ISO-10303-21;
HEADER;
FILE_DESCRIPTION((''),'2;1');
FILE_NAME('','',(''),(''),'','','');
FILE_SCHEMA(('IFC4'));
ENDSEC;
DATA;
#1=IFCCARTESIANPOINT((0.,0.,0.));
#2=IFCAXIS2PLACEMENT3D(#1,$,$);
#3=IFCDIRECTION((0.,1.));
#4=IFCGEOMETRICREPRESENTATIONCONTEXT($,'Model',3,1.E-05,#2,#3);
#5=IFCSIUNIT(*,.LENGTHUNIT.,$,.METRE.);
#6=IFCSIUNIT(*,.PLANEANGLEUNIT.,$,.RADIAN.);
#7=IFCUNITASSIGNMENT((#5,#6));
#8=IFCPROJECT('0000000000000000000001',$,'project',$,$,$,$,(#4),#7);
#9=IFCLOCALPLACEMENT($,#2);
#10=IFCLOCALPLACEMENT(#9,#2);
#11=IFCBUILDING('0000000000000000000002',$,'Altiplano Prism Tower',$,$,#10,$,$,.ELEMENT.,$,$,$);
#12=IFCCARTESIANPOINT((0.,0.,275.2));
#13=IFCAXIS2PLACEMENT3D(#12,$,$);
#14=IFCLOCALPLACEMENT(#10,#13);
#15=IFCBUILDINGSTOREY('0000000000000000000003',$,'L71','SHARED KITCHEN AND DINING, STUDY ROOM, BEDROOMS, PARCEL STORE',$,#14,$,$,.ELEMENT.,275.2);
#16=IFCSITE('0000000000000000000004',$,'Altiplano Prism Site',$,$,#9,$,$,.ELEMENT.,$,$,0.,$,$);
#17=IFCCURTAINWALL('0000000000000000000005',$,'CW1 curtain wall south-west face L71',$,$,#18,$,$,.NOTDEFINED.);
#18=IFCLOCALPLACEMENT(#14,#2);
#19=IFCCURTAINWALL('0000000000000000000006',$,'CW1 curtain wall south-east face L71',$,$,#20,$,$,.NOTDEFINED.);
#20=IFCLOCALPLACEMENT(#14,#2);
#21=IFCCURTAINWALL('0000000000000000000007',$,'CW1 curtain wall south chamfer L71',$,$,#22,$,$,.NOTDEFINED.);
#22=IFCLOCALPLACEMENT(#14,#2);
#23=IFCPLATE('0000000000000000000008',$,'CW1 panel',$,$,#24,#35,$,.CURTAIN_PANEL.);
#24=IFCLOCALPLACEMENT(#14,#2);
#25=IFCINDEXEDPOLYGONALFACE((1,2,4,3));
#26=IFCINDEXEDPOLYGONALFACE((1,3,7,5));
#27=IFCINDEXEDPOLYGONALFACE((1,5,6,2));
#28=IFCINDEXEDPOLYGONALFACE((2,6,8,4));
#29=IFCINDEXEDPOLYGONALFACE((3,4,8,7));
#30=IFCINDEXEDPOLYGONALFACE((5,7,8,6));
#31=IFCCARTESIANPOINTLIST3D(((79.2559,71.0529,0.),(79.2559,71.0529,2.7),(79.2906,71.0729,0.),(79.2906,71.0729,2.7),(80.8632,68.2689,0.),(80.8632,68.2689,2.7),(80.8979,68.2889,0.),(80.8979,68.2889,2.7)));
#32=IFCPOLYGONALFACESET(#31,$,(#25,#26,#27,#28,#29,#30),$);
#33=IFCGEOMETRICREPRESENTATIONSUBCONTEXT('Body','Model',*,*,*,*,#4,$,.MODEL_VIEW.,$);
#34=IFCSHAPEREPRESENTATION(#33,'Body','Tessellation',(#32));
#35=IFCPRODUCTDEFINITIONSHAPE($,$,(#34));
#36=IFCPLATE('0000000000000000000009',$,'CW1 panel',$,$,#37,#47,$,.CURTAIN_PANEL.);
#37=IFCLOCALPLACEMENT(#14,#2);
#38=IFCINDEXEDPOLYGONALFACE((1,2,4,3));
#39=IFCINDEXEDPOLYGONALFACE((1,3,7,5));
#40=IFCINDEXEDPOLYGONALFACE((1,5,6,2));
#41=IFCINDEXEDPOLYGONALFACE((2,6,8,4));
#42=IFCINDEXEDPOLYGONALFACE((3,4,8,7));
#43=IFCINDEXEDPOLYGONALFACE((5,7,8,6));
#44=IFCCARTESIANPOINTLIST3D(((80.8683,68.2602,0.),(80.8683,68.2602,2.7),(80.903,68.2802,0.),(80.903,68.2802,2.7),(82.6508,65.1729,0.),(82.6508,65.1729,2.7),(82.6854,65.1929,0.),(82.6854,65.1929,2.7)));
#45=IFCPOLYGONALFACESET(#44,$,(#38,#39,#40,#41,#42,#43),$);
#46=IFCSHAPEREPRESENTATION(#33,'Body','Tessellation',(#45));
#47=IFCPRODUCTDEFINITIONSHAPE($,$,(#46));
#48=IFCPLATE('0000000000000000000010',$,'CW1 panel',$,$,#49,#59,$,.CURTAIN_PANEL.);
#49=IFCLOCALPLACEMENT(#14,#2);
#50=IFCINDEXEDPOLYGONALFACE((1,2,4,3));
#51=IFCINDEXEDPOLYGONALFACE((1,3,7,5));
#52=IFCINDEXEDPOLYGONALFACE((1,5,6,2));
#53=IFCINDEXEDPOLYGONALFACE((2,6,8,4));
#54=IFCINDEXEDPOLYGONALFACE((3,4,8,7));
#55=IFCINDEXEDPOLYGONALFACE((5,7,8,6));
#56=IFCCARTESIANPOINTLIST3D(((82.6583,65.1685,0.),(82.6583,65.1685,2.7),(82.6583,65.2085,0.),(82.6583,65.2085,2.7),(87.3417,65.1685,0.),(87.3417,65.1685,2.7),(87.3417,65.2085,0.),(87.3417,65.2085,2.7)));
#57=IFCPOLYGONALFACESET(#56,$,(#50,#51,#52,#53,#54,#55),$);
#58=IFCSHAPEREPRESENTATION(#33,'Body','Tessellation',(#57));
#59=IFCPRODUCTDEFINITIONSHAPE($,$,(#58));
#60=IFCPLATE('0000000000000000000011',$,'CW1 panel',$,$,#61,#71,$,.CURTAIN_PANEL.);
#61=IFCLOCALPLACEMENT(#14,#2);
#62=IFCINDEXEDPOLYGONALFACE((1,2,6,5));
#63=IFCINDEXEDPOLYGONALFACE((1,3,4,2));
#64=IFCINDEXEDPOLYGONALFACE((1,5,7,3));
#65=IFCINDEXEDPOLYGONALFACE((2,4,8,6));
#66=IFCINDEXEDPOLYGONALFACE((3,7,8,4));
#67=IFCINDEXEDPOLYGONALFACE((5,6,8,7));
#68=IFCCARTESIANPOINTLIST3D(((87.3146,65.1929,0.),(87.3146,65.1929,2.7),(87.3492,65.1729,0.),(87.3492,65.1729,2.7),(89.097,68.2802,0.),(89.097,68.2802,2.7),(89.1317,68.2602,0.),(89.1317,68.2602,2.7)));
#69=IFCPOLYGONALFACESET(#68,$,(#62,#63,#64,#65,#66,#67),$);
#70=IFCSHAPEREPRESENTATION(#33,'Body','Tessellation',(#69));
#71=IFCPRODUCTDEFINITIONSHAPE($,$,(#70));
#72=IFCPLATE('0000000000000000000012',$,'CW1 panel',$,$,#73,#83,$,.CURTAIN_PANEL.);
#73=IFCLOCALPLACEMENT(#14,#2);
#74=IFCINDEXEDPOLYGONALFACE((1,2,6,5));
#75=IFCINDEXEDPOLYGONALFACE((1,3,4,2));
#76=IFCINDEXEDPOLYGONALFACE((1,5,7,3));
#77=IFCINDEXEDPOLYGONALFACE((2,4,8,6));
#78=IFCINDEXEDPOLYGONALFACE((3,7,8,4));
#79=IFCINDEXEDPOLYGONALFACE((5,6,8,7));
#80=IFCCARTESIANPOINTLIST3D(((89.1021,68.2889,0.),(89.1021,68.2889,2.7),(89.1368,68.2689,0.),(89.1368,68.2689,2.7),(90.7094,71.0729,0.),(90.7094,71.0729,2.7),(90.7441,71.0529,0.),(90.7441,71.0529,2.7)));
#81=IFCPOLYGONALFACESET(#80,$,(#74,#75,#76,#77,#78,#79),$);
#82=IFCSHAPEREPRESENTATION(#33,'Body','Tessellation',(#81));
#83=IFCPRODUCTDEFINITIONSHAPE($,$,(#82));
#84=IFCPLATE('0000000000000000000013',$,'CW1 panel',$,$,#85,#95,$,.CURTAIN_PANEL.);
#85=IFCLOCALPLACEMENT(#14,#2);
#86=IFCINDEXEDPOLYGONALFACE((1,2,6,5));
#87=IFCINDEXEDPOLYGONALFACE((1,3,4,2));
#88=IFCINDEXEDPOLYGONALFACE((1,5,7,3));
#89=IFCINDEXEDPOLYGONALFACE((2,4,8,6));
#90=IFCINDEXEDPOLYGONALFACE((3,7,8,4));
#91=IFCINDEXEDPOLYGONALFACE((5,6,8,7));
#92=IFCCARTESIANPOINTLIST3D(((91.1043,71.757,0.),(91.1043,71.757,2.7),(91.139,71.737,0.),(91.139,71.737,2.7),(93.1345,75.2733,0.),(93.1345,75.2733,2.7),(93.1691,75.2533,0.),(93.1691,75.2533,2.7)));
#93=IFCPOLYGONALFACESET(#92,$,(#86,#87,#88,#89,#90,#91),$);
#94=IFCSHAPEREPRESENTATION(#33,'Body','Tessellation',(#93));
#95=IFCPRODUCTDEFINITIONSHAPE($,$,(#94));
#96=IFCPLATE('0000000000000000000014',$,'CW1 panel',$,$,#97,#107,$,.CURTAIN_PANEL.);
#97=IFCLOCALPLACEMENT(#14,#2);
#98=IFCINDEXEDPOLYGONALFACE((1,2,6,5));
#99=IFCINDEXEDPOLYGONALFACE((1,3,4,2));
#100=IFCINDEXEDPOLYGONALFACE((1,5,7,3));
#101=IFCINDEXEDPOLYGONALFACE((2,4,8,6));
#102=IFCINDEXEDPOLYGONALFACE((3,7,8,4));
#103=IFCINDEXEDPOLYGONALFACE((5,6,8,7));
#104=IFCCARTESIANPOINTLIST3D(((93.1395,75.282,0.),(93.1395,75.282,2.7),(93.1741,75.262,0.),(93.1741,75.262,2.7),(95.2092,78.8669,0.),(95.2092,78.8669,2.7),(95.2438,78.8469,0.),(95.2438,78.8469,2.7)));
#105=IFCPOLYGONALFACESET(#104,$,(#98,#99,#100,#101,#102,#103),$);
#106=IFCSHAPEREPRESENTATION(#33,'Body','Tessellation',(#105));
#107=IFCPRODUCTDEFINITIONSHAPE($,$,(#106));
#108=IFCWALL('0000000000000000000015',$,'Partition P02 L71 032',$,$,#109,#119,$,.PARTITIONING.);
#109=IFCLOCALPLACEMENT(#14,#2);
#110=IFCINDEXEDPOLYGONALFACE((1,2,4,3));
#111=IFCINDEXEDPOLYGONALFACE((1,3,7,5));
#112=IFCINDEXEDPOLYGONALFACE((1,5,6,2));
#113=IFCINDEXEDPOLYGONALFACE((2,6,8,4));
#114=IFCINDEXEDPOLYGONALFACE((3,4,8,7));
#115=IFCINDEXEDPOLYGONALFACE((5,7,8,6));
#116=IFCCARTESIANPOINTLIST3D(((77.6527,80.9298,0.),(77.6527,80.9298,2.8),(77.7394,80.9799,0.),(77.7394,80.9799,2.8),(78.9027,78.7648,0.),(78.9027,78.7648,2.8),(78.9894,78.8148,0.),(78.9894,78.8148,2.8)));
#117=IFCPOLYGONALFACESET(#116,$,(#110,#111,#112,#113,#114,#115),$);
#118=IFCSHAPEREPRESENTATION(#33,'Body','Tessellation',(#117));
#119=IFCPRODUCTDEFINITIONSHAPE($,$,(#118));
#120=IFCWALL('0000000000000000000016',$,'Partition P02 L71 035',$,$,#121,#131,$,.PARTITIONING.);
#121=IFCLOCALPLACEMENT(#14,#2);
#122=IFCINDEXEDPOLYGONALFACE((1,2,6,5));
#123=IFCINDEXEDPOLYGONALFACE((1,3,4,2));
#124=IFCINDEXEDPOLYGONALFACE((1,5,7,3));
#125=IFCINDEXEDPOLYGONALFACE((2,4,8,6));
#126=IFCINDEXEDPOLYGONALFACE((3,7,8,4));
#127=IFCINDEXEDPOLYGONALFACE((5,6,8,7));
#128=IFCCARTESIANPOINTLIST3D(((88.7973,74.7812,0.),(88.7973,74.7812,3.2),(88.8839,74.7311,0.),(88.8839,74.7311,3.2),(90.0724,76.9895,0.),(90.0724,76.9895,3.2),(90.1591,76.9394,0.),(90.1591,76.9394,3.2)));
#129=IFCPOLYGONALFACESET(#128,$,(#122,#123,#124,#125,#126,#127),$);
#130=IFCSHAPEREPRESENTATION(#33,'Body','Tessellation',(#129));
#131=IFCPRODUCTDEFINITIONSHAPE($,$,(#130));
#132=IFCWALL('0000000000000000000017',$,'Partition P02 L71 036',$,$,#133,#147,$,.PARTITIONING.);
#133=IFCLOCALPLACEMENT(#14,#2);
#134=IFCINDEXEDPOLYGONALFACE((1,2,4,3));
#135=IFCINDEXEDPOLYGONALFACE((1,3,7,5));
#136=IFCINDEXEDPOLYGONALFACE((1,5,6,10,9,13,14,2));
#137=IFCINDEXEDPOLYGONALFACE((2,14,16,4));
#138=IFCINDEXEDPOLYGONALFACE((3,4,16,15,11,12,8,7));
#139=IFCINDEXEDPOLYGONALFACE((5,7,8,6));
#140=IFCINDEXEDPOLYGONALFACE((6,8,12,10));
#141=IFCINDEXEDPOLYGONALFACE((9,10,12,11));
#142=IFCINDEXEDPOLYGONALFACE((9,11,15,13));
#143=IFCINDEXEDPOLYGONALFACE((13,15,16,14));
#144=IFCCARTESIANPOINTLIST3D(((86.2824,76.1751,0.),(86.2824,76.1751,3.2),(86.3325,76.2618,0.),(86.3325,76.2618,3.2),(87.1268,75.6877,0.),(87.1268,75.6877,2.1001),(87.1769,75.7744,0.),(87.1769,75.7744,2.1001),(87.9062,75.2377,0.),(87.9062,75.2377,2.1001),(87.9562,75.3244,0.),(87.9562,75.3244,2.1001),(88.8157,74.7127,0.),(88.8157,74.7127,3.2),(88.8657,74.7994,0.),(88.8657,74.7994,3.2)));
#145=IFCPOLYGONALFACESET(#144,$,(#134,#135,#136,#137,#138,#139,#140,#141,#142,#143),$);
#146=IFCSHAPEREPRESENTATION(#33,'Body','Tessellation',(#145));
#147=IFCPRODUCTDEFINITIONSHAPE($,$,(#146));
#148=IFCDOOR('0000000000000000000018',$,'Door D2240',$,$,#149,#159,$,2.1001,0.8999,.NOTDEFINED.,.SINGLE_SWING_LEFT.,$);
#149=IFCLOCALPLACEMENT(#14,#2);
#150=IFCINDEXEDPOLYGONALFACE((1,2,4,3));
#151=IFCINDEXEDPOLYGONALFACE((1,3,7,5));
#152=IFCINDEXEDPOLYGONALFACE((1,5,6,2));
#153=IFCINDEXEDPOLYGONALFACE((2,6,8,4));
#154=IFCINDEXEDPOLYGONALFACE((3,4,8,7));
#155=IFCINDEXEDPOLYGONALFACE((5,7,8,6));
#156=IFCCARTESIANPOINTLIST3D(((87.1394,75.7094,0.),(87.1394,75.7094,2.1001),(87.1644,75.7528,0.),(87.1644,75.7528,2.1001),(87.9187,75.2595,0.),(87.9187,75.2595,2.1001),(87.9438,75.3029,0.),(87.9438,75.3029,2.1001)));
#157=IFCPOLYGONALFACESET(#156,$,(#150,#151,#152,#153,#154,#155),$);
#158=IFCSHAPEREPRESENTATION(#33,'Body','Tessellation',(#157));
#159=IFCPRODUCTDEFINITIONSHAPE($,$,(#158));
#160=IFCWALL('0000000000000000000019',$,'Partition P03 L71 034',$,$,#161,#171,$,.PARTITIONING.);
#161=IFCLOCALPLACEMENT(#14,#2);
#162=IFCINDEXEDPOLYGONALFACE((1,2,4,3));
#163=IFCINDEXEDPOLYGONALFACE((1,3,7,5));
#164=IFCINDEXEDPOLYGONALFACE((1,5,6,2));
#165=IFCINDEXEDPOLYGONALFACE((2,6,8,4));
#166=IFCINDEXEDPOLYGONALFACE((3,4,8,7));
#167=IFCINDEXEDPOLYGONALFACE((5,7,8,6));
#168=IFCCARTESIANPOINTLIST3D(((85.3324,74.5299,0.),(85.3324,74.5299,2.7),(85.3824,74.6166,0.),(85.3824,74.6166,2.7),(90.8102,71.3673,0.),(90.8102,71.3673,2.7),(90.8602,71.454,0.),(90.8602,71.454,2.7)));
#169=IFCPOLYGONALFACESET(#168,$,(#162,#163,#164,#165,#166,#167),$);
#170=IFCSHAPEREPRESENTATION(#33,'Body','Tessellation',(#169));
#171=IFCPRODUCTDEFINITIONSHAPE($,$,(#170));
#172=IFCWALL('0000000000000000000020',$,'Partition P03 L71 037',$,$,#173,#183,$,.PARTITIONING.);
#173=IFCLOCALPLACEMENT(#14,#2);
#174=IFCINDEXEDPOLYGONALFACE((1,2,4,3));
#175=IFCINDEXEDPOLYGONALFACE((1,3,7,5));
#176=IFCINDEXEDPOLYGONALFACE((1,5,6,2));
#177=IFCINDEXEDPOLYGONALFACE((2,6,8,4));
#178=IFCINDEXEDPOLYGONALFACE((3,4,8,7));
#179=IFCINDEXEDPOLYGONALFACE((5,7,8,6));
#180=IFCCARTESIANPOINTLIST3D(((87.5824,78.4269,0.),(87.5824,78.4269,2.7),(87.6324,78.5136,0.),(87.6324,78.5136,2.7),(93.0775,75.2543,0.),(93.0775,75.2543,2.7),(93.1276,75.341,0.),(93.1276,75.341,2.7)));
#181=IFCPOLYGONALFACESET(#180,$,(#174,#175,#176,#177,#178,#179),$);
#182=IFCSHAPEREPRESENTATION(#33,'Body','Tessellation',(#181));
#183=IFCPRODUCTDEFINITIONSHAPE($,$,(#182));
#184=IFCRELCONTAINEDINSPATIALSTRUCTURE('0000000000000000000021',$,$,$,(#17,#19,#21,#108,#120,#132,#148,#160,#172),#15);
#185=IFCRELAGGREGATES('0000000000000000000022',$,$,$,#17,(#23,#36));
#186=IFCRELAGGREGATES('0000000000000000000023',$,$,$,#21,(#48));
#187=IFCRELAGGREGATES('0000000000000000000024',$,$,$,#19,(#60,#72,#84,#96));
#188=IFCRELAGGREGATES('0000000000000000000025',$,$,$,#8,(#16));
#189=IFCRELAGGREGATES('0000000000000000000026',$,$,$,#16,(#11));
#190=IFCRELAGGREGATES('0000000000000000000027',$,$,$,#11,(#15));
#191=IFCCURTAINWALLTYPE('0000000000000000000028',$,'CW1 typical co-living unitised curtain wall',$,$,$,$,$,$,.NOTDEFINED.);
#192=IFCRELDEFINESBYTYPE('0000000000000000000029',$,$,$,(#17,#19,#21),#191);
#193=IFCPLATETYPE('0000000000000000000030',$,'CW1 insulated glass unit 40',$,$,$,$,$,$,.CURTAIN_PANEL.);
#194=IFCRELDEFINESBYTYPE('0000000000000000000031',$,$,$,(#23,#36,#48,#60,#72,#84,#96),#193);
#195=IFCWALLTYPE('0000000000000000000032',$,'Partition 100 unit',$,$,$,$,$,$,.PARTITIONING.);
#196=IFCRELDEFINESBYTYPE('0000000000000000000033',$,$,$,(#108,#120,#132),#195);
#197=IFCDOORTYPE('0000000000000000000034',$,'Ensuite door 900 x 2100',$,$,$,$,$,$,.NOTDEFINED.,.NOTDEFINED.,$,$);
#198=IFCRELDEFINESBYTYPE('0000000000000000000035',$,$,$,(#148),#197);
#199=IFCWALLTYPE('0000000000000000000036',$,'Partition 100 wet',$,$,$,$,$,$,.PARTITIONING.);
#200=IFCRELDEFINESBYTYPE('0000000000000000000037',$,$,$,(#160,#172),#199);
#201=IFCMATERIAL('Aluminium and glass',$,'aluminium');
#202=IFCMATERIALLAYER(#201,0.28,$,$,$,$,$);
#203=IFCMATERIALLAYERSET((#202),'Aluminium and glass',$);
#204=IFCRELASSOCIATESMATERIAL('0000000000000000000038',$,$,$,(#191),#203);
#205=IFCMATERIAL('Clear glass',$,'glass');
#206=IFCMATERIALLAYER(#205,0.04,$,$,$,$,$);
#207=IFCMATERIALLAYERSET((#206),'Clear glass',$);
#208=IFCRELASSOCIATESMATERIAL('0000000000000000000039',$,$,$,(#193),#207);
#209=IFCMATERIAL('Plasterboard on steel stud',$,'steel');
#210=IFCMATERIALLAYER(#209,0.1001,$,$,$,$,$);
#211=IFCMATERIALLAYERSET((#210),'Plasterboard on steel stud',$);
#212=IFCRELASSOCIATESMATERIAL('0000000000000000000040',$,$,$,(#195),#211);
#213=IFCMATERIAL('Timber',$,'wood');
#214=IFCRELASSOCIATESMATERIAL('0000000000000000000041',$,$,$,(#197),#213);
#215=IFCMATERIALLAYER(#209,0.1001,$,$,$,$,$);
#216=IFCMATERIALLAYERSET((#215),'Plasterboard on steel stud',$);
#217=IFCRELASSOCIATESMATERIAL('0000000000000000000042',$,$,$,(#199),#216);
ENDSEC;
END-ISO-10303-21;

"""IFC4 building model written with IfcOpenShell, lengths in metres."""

from ifc_helpers import new_model, si_unit, direction, frame, frame_2d, origin, origin_2d, place, context, subcontext, project, spatial, rectangle, extrude, material, layer, layer_set, type_object, element, fill, aggregate, save


model = new_model("IFC4")

# Units and contexts
model_context = context("Model", 3, precision=1e-05, world=origin(), true_north=direction((0.0, 1.0)))
body_context = subcontext(model_context, "Body", "Model", "MODEL_VIEW")
ifc_project = project(units=[si_unit("LENGTHUNIT", "METRE"), si_unit("PLANEANGLEUNIT", "RADIAN")], contexts=[model_context])

# Site, building, storey
site_placement = place(None, origin())
site = spatial("IfcSite", under=ifc_project, at=site_placement, Name="Altiplano Prism Site", CompositionType="ELEMENT", RefElevation=0.0)
building_placement = place(site_placement, origin())
building = spatial("IfcBuilding", under=site, at=building_placement, Name="Altiplano Prism Tower", CompositionType="ELEMENT")
storey_placement = place(building_placement, frame((0.0, 0.0, 275.2)))
storey = spatial("IfcBuildingStorey", under=building, at=storey_placement, Name="L71", Description="SHARED KITCHEN AND DINING, STUDY ROOM, BEDROOMS, PARCEL STORE", CompositionType="ELEMENT", Elevation=275.2)

# Curtain wall
ifc_material_1 = material(Name="Aluminium and glass", Category="aluminium")
ifc_layer_1 = layer(ifc_material_1, 0.28)
ifc_layer_set_1 = layer_set([ifc_layer_1], Name="Aluminium and glass")
curtain_wall_type = type_object("IfcCurtainWallType", Name="CW1 typical co-living unitised curtain wall", PredefinedType="NOTDEFINED", material=ifc_layer_set_1)
curtain_wall_1_placement = place(storey_placement, origin())
curtain_wall_1 = element("IfcCurtainWall", 1, at=curtain_wall_1_placement, inside=storey, type_object=curtain_wall_type, Name="CW1 curtain wall south-west face L71", PredefinedType="NOTDEFINED")

# Curtain wall
curtain_wall_2_placement = place(storey_placement, origin())
curtain_wall_2 = element("IfcCurtainWall", 2, at=curtain_wall_2_placement, inside=storey, type_object=curtain_wall_type, Name="CW1 curtain wall south-east face L71", PredefinedType="NOTDEFINED")

# Curtain wall
curtain_wall_3_placement = place(storey_placement, origin())
curtain_wall_3 = element("IfcCurtainWall", 3, at=curtain_wall_3_placement, inside=storey, type_object=curtain_wall_type, Name="CW1 curtain wall south chamfer L71", PredefinedType="NOTDEFINED")

# Plates
ifc_material_2 = material(Name="Clear glass", Category="glass")
ifc_layer_2 = layer(ifc_material_2, 0.04)
ifc_layer_set_2 = layer_set([ifc_layer_2], Name="Clear glass")
plate_type = type_object("IfcPlateType", Name="CW1 insulated glass unit 40", PredefinedType="CURTAIN_PANEL", material=ifc_layer_set_2)
plate_1_placement = place(storey_placement, frame((80.0769, 69.6709, 0.0), z_axis=(0.0, 0.0, 1.0), x_axis=(0.5, -0.866025, 0.0)))
plate_1 = element("IfcPlate", 4, at=plate_1_placement, type_object=plate_type, Name="CW1 panel", PredefinedType="CURTAIN_PANEL", context=body_context, shape_type="SweptSolid", body=[
    extrude(rectangle(XDim=3.2146, YDim=0.04, at=origin_2d()), origin(), (0.0, 0.0, 1.0), 2.7),
])
plate_2_placement = place(storey_placement, frame((81.7769, 66.7266, 0.0), z_axis=(0.0, 0.0, 1.0), x_axis=(0.5, -0.866025, 0.0)))
plate_2 = element("IfcPlate", 5, at=plate_2_placement, type_object=plate_type, Name="CW1 panel", PredefinedType="CURTAIN_PANEL", context=body_context, shape_type="SweptSolid", body=[
    extrude(rectangle(XDim=3.5649, YDim=0.04, at=origin_2d()), origin(), (0.0, 0.0, 1.0), 2.7),
])
aggregate(curtain_wall_1, [plate_1, plate_2])
plate_3_placement = place(storey_placement, frame((85.0, 65.1885, 0.0), z_axis=(0.0, 0.0, 1.0), x_axis=(1.0, 0.0, 0.0)))
plate_3 = element("IfcPlate", 6, at=plate_3_placement, type_object=plate_type, Name="CW1 panel", PredefinedType="CURTAIN_PANEL", context=body_context, shape_type="SweptSolid", body=[
    extrude(rectangle(XDim=4.6833, YDim=0.04, at=origin_2d()), origin(), (0.0, 0.0, 1.0), 2.7),
])
aggregate(curtain_wall_3, [plate_3])
plate_4_placement = place(storey_placement, frame((88.2231, 66.7266, 0.0), z_axis=(0.0, 0.0, 1.0), x_axis=(0.5, 0.866025, 0.0)))
plate_4 = element("IfcPlate", 7, at=plate_4_placement, type_object=plate_type, Name="CW1 panel", PredefinedType="CURTAIN_PANEL", context=body_context, shape_type="SweptSolid", body=[
    extrude(rectangle(XDim=3.5649, YDim=0.04, at=origin_2d()), origin(), (0.0, 0.0, 1.0), 2.7),
])
plate_5_placement = place(storey_placement, frame((89.9231, 69.6709, 0.0), z_axis=(0.0, 0.0, 1.0), x_axis=(0.5, 0.866025, 0.0)))
plate_5 = element("IfcPlate", 8, at=plate_5_placement, type_object=plate_type, Name="CW1 panel", PredefinedType="CURTAIN_PANEL", context=body_context, shape_type="SweptSolid", body=[
    extrude(rectangle(XDim=3.2146, YDim=0.04, at=origin_2d()), origin(), (0.0, 0.0, 1.0), 2.7),
])
plate_6_placement = place(storey_placement, frame((92.1367, 73.5051, 0.0), z_axis=(0.0, 0.0, 1.0), x_axis=(0.5, 0.866025, 0.0)))
plate_6 = element("IfcPlate", 9, at=plate_6_placement, type_object=plate_type, Name="CW1 panel", PredefinedType="CURTAIN_PANEL", context=body_context, shape_type="SweptSolid", body=[
    extrude(rectangle(XDim=4.0603, YDim=0.04, at=origin_2d()), origin(), (0.0, 0.0, 1.0), 2.7),
])
plate_7_placement = place(storey_placement, frame((94.1917, 77.0645, 0.0), z_axis=(0.0, 0.0, 1.0), x_axis=(0.5, 0.866025, 0.0)))
plate_7 = element("IfcPlate", 10, at=plate_7_placement, type_object=plate_type, Name="CW1 panel", PredefinedType="CURTAIN_PANEL", context=body_context, shape_type="SweptSolid", body=[
    extrude(rectangle(XDim=4.1394, YDim=0.04, at=origin_2d()), origin(), (0.0, 0.0, 1.0), 2.7),
])
aggregate(curtain_wall_2, [plate_4, plate_5, plate_6, plate_7])

# Walls
ifc_material_3 = material(Name="Plasterboard on steel stud", Category="steel")
ifc_layer_3 = layer(ifc_material_3, 0.1001)
ifc_layer_set_3 = layer_set([ifc_layer_3], Name="Plasterboard on steel stud")
wall_type_1 = type_object("IfcWallType", Name="Partition 100 unit", PredefinedType="PARTITIONING", material=ifc_layer_set_3)
wall_1_placement = place(storey_placement, frame((78.946, 78.7898, 0.0), z_axis=(0.0, 0.0, 1.0), x_axis=(-0.500004, 0.866023, 0.0)))
element("IfcWall", 11, at=wall_1_placement, inside=storey, type_object=wall_type_1, Name="Partition P02 L71 032", PredefinedType="PARTITIONING", context=body_context, shape_type="SweptSolid", body=[
    extrude(rectangle(XDim=2.5, YDim=0.1001, at=frame_2d((1.25, 0.0))), origin(), (0.0, 0.0, 1.0), 2.8),
])
wall_2_placement = place(storey_placement, frame((90.1157, 76.9644, 0.0), z_axis=(0.0, 0.0, 1.0), x_axis=(-0.500062, -0.865989, 0.0)))
element("IfcWall", 12, at=wall_2_placement, inside=storey, type_object=wall_type_1, Name="Partition P02 L71 035", PredefinedType="PARTITIONING", context=body_context, shape_type="SweptSolid", body=[
    extrude(rectangle(XDim=2.55, YDim=0.1001, at=frame_2d((1.2749, 0.0))), origin(), (0.0, 0.0, 1.0), 3.2),
])

# Wall, opening, door
wall_3_placement = place(storey_placement, frame((88.8406, 74.7561, 0.0), z_axis=(0.0, 0.0, 1.0), x_axis=(-0.866047, 0.499963, 0.0)))
wall_3 = element("IfcWall", 13, at=wall_3_placement, inside=storey, type_object=wall_type_1, Name="Partition P02 L71 036", PredefinedType="PARTITIONING", context=body_context, shape_type="SweptSolid", body=[
    extrude(rectangle(XDim=2.925, YDim=0.1001, at=frame_2d((1.4624, 0.0))), origin(), (0.0, 0.0, 1.0), 3.2),
])
opening_1_placement = place(wall_3_placement, frame((1.05, 0.0, 0.0)))
opening_1 = element("IfcOpeningElement", 14, at=opening_1_placement, cuts=wall_3, PredefinedType="OPENING", context=body_context, shape_type="SweptSolid", body=[
    extrude(rectangle(XDim=0.8999, YDim=2.1001, at=frame_2d((0.45, 1.05))), frame((0.0, 0.0605, 0.0), z_axis=(0.0, -1.0, 0.0), x_axis=(1.0, 0.0, 0.0)), (0.0, 0.0, 1.0), 0.1211),
])
ifc_material_4 = material(Name="Timber", Category="wood")
door_type_1 = type_object("IfcDoorType", Name="Ensuite door 900 x 2100", OperationType="NOTDEFINED", PredefinedType="NOTDEFINED", material=ifc_material_4)
door_1_placement = place(opening_1_placement, origin())
door_1 = element("IfcDoor", 15, at=door_1_placement, inside=storey, type_object=door_type_1, Name="Door D2240", OperationType="SINGLE_SWING_LEFT", OverallHeight=2.1001, OverallWidth=0.8999, PredefinedType="NOTDEFINED", context=body_context, shape_type="SweptSolid", body=[
    extrude(rectangle(XDim=0.8999, YDim=2.1001, at=frame_2d((0.45, 1.05))), frame((0.0, 0.0249, 0.0), z_axis=(0.0, -1.0, 0.0), x_axis=(1.0, 0.0, 0.0)), (0.0, 0.0, 1.0), 0.05),
])
fill(opening_1, door_1)

# Walls
ifc_layer_4 = layer(ifc_material_3, 0.1001)
ifc_layer_set_4 = layer_set([ifc_layer_4], Name="Plasterboard on steel stud")
wall_type_2 = type_object("IfcWallType", Name="Partition 100 wet", PredefinedType="PARTITIONING", material=ifc_layer_set_4)
wall_4_placement = place(storey_placement, frame((90.8352, 71.4106, 0.0), z_axis=(0.0, 0.0, 1.0), x_axis=(-0.866026, 0.5, 0.0)))
element("IfcWall", 16, at=wall_4_placement, inside=storey, type_object=wall_type_2, Name="Partition P03 L71 034", PredefinedType="PARTITIONING", context=body_context, shape_type="SweptSolid", body=[
    extrude(rectangle(XDim=6.3252, YDim=0.1001, at=frame_2d((3.1626, 0.0))), origin(), (0.0, 0.0, 1.0), 2.7),
])
wall_5_placement = place(storey_placement, frame((93.1025, 75.2976, 0.0), z_axis=(0.0, 0.0, 1.0), x_axis=(-0.866025, 0.5, 0.0)))
element("IfcWall", 17, at=wall_5_placement, inside=storey, type_object=wall_type_2, Name="Partition P03 L71 037", PredefinedType="PARTITIONING", context=body_context, shape_type="SweptSolid", body=[
    extrude(rectangle(XDim=6.3452, YDim=0.1001, at=frame_2d((3.1726, 0.0))), origin(), (0.0, 0.0, 1.0), 2.7),
])

save(model, "model.ifc")
